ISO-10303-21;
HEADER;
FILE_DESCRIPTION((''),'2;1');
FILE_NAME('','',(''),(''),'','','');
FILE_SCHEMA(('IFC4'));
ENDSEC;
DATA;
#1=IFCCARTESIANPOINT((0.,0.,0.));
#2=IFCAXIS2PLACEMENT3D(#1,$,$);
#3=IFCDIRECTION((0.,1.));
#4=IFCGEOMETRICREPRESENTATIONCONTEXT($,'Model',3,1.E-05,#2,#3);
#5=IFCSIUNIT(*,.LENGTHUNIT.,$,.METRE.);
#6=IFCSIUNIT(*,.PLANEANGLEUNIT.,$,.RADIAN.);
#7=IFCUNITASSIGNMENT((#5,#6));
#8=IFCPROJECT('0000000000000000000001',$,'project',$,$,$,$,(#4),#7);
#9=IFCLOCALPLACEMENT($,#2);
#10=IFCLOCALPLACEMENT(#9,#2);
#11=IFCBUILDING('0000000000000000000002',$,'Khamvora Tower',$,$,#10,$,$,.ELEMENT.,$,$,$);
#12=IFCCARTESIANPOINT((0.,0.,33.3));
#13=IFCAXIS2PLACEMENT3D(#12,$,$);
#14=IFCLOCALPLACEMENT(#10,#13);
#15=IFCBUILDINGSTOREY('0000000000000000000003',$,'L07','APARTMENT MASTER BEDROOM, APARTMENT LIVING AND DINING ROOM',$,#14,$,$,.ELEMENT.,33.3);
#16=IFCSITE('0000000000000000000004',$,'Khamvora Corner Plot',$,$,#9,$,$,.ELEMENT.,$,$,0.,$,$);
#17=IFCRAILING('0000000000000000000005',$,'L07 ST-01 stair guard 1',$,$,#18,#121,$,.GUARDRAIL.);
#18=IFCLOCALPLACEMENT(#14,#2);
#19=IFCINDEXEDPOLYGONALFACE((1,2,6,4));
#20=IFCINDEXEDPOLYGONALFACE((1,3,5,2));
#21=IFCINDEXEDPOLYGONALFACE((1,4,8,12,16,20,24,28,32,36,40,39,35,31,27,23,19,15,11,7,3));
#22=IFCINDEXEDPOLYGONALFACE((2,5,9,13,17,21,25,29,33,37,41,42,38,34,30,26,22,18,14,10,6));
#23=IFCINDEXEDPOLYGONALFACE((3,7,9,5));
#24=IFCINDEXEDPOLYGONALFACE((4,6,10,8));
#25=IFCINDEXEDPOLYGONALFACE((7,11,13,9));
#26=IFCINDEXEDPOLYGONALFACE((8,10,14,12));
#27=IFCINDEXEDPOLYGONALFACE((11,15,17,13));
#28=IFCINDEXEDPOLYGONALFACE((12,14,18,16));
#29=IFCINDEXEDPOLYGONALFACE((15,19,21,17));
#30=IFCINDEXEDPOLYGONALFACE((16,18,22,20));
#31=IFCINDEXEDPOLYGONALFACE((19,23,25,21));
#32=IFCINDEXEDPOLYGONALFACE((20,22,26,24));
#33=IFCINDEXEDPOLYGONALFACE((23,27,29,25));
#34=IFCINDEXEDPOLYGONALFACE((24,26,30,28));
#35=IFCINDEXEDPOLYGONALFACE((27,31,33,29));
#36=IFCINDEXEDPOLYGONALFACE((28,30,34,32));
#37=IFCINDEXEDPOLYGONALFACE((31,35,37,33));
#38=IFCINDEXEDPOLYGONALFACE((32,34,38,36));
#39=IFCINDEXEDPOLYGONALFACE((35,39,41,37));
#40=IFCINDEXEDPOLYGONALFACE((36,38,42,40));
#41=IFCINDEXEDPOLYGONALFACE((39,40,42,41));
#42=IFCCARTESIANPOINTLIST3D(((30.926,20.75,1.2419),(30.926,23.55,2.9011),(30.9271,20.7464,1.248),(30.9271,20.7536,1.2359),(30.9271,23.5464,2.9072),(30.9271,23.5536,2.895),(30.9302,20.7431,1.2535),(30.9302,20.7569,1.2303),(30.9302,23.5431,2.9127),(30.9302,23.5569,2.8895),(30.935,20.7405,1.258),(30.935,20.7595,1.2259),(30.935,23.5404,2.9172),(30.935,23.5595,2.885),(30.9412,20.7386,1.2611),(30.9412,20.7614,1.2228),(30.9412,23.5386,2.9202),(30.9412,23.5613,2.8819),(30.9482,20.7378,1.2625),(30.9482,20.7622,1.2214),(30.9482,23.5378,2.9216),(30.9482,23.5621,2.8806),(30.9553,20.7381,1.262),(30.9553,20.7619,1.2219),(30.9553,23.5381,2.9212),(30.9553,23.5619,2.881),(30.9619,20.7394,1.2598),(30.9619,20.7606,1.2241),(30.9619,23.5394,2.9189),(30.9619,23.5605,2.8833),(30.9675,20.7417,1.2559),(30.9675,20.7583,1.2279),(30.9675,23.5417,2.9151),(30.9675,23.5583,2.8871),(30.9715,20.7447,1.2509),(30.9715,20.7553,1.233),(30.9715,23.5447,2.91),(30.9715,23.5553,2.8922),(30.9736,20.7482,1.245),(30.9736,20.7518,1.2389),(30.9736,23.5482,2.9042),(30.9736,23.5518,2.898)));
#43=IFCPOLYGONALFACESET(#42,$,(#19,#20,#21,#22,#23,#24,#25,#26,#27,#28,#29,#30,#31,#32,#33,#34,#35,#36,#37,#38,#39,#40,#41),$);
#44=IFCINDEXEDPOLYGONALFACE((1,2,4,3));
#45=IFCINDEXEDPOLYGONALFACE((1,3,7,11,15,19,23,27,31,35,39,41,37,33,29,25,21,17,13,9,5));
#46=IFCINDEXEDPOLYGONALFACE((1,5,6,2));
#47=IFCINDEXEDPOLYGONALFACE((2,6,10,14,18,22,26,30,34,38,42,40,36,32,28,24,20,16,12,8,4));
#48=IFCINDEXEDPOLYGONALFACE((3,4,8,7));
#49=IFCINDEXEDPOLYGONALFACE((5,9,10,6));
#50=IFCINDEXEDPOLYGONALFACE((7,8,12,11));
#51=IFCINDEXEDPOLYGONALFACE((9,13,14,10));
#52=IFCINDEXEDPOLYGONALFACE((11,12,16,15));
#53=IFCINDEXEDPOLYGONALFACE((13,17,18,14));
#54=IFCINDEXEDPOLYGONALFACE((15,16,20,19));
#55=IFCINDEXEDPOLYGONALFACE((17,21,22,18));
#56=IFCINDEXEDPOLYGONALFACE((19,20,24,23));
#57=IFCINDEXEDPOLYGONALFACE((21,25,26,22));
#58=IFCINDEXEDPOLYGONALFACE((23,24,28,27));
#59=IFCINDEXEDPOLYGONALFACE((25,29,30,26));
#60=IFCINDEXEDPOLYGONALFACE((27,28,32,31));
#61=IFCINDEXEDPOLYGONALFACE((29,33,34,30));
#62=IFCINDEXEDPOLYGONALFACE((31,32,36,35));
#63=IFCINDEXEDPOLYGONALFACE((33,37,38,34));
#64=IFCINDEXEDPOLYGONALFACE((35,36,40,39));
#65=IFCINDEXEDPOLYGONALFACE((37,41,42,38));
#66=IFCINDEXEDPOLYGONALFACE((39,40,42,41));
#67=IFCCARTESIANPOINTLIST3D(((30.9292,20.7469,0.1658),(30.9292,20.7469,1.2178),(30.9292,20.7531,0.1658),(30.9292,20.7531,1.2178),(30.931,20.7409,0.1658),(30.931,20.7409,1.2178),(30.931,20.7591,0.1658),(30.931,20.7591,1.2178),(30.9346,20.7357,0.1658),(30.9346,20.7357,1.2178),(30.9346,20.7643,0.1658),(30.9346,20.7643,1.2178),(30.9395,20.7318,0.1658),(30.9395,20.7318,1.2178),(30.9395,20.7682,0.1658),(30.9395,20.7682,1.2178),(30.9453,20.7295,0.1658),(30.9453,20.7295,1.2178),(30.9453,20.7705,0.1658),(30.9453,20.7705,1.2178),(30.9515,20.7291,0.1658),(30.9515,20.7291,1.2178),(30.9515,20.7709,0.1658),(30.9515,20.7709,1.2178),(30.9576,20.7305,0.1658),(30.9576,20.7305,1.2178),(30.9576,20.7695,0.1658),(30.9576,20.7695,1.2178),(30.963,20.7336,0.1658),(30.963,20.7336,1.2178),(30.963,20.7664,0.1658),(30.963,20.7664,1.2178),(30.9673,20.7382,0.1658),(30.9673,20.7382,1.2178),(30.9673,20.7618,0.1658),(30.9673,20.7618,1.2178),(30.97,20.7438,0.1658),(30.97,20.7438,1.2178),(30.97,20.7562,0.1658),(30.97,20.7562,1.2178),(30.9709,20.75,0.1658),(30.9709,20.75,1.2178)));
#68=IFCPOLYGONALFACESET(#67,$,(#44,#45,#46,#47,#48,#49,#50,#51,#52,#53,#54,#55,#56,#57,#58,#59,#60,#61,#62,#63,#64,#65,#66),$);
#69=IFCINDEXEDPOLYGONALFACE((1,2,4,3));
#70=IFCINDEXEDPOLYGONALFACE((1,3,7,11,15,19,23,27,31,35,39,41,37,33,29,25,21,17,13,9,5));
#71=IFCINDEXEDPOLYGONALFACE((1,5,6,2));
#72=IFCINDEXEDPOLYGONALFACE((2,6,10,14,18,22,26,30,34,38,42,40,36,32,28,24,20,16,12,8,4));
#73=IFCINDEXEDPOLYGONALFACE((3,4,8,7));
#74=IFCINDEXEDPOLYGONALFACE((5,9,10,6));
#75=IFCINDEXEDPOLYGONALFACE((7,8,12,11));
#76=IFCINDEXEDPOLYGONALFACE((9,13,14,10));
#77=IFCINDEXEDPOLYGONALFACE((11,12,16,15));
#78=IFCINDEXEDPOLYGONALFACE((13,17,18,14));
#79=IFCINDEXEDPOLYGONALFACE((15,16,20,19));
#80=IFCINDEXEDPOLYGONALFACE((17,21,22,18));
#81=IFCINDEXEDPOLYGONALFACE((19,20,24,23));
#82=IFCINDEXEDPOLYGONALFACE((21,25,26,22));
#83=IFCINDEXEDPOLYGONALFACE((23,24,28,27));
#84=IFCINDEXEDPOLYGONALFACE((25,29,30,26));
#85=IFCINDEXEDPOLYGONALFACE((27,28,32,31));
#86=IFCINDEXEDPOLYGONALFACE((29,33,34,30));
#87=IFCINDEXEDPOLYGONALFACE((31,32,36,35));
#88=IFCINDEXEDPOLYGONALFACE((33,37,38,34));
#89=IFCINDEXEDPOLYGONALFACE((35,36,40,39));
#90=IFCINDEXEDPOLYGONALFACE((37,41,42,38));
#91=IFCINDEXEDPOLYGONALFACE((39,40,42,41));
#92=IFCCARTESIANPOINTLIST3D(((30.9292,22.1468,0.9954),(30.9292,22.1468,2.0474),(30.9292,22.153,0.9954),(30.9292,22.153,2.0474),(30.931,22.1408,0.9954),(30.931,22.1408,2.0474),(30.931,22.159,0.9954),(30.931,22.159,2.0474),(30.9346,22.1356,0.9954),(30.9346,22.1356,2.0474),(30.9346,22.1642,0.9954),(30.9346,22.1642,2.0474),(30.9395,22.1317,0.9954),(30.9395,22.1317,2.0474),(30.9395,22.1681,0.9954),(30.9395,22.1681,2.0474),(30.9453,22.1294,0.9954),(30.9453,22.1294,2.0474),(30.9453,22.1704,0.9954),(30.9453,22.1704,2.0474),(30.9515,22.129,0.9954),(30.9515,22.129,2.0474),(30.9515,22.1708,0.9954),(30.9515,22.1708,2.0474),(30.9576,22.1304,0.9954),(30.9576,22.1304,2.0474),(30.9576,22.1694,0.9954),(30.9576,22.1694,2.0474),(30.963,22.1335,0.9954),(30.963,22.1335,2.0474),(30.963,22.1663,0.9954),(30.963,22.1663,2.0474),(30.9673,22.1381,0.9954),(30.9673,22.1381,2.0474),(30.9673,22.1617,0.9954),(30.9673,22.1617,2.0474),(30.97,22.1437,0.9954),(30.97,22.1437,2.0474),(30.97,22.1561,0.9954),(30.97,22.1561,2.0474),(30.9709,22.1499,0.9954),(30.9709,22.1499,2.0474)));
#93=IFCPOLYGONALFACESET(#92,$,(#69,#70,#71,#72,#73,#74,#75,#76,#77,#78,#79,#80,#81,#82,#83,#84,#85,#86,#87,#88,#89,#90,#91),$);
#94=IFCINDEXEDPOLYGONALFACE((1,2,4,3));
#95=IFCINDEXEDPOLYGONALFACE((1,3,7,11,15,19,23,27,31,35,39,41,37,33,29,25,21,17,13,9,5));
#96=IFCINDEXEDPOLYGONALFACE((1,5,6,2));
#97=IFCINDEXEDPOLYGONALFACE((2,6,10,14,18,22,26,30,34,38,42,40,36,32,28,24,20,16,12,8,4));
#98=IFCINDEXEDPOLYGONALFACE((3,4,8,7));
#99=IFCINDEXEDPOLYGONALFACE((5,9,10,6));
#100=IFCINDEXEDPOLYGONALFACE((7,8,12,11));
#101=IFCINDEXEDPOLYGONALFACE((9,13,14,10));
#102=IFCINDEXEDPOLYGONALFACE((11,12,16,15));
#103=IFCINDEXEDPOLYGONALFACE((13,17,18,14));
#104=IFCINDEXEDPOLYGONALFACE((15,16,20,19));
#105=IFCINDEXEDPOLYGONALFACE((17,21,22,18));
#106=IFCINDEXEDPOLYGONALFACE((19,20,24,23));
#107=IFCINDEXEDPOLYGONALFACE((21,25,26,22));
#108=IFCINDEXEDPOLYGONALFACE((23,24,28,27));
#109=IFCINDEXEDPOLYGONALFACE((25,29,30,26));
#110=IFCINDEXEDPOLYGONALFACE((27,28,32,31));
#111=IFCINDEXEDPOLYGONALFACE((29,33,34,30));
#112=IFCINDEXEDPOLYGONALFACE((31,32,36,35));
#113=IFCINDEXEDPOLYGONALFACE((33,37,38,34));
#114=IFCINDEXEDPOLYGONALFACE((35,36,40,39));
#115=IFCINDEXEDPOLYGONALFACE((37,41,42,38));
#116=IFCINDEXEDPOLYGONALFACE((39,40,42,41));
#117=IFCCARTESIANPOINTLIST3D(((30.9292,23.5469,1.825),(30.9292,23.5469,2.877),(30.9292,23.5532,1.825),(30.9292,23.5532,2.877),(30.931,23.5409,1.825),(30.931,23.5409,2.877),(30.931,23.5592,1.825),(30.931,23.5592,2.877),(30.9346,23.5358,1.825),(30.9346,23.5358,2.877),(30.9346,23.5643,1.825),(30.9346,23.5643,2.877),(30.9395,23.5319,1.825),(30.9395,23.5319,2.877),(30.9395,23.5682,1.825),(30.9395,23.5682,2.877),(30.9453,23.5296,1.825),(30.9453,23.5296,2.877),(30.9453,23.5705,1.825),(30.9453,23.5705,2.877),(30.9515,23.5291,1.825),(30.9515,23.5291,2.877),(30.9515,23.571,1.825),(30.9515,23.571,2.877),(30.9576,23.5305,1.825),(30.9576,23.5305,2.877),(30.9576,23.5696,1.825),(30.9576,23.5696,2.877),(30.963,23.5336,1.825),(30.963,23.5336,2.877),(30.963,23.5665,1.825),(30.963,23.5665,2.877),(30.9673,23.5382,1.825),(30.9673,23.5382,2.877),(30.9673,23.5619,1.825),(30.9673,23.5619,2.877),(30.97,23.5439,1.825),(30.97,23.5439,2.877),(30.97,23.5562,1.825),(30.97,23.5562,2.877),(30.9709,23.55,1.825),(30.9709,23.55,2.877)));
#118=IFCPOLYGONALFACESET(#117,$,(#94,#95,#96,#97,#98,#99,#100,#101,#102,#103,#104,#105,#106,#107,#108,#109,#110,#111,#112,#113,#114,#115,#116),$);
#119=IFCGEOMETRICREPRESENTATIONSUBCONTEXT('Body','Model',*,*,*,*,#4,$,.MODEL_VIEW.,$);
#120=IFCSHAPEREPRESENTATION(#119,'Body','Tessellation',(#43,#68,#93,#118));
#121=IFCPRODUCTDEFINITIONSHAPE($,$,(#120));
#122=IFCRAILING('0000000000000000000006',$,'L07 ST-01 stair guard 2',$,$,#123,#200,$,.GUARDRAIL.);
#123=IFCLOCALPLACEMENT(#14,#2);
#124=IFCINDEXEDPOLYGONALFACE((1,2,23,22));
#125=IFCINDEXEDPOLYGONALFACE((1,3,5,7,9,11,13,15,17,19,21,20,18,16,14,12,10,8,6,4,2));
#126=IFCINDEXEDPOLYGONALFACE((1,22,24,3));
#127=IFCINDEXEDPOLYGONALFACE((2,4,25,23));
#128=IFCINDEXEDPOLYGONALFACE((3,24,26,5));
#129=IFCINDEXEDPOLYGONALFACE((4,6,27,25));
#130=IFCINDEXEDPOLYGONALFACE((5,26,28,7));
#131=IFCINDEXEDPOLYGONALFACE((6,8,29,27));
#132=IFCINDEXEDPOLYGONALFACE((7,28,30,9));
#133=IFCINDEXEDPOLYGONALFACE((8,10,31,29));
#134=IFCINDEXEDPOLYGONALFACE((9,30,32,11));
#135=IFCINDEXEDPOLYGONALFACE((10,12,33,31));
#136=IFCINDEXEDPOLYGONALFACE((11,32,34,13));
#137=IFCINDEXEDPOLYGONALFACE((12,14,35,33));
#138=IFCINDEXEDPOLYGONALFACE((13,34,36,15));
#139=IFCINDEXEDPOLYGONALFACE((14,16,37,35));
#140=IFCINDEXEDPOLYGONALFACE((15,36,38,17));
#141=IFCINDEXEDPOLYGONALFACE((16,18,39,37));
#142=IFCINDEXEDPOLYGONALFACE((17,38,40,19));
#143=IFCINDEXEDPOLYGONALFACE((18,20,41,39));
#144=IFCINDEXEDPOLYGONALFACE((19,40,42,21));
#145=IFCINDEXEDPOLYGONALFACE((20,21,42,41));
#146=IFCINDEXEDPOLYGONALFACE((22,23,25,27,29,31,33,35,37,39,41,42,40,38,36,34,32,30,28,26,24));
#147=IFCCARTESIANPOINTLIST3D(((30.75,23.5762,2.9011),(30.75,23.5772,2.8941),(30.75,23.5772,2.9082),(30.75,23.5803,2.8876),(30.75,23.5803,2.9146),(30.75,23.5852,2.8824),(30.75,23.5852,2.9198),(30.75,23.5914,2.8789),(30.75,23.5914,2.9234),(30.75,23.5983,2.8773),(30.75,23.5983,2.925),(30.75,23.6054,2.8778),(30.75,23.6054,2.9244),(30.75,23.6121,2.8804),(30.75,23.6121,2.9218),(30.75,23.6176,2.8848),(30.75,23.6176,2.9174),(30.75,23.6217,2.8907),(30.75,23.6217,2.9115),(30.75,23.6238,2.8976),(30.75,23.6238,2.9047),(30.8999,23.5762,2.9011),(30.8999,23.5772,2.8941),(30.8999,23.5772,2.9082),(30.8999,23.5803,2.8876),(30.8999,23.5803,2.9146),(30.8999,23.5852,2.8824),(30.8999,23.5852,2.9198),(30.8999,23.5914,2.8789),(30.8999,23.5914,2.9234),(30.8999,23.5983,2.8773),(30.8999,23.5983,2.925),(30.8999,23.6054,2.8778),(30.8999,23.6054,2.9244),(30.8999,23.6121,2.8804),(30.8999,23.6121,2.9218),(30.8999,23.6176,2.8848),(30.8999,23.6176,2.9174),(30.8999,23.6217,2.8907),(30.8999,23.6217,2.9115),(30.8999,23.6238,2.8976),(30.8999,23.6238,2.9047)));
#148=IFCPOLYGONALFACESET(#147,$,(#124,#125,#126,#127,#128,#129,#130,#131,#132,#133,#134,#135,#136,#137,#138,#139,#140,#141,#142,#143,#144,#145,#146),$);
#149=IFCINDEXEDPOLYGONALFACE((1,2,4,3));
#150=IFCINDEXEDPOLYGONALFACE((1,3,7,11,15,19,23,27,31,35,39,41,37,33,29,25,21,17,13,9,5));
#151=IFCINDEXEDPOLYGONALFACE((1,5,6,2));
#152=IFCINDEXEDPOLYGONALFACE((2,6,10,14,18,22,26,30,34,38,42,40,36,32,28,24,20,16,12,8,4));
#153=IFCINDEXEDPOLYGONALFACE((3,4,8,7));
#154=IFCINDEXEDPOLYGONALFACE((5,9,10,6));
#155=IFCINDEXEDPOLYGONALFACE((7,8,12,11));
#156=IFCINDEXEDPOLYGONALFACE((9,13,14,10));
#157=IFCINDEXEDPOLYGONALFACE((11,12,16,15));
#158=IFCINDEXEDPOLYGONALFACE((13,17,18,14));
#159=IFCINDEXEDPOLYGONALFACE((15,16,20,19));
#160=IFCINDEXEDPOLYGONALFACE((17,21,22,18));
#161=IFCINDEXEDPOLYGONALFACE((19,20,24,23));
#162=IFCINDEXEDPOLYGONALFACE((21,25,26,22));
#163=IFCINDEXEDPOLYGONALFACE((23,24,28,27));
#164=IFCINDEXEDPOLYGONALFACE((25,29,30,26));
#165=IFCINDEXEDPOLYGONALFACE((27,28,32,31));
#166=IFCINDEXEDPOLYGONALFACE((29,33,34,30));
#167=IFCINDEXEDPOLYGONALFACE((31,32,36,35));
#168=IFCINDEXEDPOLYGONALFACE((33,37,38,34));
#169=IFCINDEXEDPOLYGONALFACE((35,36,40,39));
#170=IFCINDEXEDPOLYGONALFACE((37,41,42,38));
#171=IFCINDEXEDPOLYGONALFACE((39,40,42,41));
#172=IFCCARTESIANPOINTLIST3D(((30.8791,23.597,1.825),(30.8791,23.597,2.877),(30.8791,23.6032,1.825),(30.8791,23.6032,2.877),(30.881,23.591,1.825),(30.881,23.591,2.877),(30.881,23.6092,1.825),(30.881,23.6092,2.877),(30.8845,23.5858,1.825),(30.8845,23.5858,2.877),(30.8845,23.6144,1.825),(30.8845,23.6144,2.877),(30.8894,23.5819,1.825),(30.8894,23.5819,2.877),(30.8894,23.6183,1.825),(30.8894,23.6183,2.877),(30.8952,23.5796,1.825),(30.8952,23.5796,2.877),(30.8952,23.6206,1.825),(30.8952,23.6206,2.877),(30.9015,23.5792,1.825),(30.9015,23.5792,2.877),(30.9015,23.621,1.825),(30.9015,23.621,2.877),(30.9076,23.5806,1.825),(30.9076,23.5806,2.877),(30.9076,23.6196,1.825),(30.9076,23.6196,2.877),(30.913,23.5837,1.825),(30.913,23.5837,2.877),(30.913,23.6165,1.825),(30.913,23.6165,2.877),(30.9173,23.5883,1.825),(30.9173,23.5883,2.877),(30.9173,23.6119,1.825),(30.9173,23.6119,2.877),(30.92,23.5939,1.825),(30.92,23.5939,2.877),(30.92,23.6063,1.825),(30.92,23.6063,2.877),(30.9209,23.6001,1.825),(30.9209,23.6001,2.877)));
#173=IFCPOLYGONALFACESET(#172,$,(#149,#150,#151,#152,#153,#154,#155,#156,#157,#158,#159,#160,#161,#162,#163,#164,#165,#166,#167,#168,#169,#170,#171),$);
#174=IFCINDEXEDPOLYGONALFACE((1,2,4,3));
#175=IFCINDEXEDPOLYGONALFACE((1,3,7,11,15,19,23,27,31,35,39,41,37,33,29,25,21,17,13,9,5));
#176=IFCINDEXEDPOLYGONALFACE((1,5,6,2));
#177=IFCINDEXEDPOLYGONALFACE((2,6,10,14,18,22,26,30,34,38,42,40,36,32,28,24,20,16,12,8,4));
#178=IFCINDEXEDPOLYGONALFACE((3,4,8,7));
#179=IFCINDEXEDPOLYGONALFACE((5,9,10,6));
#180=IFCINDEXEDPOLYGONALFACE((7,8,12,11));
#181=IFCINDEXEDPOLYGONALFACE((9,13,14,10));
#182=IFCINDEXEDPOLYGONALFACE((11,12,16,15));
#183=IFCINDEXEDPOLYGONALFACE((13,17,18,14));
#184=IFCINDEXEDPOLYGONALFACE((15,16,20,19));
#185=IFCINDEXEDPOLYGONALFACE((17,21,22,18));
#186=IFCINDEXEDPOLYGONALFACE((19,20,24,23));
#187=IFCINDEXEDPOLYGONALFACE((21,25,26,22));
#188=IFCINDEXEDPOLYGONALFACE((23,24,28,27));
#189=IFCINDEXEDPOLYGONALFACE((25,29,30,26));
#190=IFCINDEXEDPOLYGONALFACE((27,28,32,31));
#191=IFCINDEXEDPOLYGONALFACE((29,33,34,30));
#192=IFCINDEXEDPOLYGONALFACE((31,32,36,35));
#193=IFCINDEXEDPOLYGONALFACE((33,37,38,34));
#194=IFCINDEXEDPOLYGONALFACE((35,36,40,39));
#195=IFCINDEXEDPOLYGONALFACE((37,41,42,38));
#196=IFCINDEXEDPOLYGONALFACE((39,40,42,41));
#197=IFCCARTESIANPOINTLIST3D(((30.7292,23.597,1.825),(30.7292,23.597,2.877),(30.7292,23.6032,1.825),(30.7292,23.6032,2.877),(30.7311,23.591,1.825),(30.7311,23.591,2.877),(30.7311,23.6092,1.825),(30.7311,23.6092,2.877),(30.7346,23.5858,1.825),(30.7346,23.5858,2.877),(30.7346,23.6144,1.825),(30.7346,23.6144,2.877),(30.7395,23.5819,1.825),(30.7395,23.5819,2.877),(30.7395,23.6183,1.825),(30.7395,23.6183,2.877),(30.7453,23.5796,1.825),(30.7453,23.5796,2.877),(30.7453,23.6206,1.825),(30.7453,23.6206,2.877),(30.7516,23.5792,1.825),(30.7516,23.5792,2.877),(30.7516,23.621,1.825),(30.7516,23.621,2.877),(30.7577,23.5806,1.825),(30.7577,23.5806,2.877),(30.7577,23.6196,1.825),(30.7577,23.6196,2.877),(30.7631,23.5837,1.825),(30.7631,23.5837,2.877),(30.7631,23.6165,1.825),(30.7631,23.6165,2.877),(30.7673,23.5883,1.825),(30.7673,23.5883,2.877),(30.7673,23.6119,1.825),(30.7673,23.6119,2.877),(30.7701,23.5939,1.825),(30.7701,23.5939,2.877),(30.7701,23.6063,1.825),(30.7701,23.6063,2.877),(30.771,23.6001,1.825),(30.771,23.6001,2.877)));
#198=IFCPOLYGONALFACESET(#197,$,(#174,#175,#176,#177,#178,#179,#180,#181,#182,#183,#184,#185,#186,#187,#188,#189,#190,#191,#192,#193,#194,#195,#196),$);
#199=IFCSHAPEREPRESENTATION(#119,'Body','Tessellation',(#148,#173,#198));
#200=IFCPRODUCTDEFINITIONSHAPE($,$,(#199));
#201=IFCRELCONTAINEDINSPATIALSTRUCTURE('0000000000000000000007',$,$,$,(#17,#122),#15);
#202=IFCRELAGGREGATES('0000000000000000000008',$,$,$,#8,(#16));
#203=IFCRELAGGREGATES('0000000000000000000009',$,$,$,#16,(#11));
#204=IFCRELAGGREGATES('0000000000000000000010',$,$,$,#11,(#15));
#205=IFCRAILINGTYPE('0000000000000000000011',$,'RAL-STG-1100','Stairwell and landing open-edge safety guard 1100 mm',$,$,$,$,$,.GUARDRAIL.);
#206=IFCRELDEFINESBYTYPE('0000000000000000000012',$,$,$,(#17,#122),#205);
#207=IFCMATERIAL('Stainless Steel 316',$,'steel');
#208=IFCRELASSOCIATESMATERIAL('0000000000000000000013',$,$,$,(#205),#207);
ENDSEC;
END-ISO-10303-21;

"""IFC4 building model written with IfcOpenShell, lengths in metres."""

from ifc_helpers import new_model, si_unit, direction, frame, origin, origin_2d, place, context, subcontext, project, spatial, circle, extrude, material, type_object, element, save


model = new_model("IFC4")

# Units and contexts
model_context = context("Model", 3, precision=1e-05, world=origin(), true_north=direction((0.0, 1.0)))
body_context = subcontext(model_context, "Body", "Model", "MODEL_VIEW")
ifc_project = project(units=[si_unit("LENGTHUNIT", "METRE"), si_unit("PLANEANGLEUNIT", "RADIAN")], contexts=[model_context])

# Site, building, storey
site_placement = place(None, origin())
site = spatial("IfcSite", under=ifc_project, at=site_placement, Name="Khamvora Corner Plot", CompositionType="ELEMENT", RefElevation=0.0)
building_placement = place(site_placement, origin())
building = spatial("IfcBuilding", under=site, at=building_placement, Name="Khamvora Tower", CompositionType="ELEMENT")
storey_placement = place(building_placement, frame((0.0, 0.0, 33.3)))
storey = spatial("IfcBuildingStorey", under=building, at=storey_placement, Name="L07", Description="APARTMENT MASTER BEDROOM, APARTMENT LIVING AND DINING ROOM", CompositionType="ELEMENT", Elevation=33.3)

# Railings
ifc_material_1 = material(Name="Stainless Steel 316", Category="steel")
railing_type_1 = type_object("IfcRailingType", Name="RAL-STG-1100", Description="Stairwell and landing open-edge safety guard 1100 mm", PredefinedType="GUARDRAIL", material=ifc_material_1)
railing_1_placement = place(storey_placement, frame((30.95, 20.75, 0.1658)))
element("IfcRailing", 1, at=railing_1_placement, inside=storey, type_object=railing_type_1, Name="L07 ST-01 stair guard 1", PredefinedType="GUARDRAIL", context=body_context, shape_type="SweptSolid", body=[
    extrude(circle(Radius=0.0239, at=origin_2d()), frame((0.0, 0.0, 1.0762), z_axis=(0.0, 0.860306, 0.509778), x_axis=(-1.0, 0.0, 0.0)), (0.0, 0.0, 1.0), 3.2546),
    extrude(circle(Radius=0.021, at=origin_2d()), origin(), (0.0, 0.0, 1.0), 1.052),
    extrude(circle(Radius=0.021, at=origin_2d()), frame((0.0, 1.3999, 0.8296)), (0.0, 0.0, 1.0), 1.052),
    extrude(circle(Radius=0.021, at=origin_2d()), frame((0.0, 2.8, 1.6592)), (0.0, 0.0, 1.0), 1.052),
])
railing_2_placement = place(storey_placement, frame((30.8999, 23.6001, 1.825)))
element("IfcRailing", 2, at=railing_2_placement, inside=storey, type_object=railing_type_1, Name="L07 ST-01 stair guard 2", PredefinedType="GUARDRAIL", context=body_context, shape_type="SweptSolid", body=[
    extrude(circle(Radius=0.0239, at=origin_2d()), frame((0.0, 0.0, 1.0762), z_axis=(-1.0, 0.0, 0.0), x_axis=(0.0, -1.0, 0.0)), (0.0, 0.0, 1.0), 0.1499),
    extrude(circle(Radius=0.021, at=origin_2d()), origin(), (0.0, 0.0, 1.0), 1.052),
    extrude(circle(Radius=0.021, at=origin_2d()), frame((-0.1499, 0.0, 0.0)), (0.0, 0.0, 1.0), 1.052),
])

save(model, "model.ifc")
